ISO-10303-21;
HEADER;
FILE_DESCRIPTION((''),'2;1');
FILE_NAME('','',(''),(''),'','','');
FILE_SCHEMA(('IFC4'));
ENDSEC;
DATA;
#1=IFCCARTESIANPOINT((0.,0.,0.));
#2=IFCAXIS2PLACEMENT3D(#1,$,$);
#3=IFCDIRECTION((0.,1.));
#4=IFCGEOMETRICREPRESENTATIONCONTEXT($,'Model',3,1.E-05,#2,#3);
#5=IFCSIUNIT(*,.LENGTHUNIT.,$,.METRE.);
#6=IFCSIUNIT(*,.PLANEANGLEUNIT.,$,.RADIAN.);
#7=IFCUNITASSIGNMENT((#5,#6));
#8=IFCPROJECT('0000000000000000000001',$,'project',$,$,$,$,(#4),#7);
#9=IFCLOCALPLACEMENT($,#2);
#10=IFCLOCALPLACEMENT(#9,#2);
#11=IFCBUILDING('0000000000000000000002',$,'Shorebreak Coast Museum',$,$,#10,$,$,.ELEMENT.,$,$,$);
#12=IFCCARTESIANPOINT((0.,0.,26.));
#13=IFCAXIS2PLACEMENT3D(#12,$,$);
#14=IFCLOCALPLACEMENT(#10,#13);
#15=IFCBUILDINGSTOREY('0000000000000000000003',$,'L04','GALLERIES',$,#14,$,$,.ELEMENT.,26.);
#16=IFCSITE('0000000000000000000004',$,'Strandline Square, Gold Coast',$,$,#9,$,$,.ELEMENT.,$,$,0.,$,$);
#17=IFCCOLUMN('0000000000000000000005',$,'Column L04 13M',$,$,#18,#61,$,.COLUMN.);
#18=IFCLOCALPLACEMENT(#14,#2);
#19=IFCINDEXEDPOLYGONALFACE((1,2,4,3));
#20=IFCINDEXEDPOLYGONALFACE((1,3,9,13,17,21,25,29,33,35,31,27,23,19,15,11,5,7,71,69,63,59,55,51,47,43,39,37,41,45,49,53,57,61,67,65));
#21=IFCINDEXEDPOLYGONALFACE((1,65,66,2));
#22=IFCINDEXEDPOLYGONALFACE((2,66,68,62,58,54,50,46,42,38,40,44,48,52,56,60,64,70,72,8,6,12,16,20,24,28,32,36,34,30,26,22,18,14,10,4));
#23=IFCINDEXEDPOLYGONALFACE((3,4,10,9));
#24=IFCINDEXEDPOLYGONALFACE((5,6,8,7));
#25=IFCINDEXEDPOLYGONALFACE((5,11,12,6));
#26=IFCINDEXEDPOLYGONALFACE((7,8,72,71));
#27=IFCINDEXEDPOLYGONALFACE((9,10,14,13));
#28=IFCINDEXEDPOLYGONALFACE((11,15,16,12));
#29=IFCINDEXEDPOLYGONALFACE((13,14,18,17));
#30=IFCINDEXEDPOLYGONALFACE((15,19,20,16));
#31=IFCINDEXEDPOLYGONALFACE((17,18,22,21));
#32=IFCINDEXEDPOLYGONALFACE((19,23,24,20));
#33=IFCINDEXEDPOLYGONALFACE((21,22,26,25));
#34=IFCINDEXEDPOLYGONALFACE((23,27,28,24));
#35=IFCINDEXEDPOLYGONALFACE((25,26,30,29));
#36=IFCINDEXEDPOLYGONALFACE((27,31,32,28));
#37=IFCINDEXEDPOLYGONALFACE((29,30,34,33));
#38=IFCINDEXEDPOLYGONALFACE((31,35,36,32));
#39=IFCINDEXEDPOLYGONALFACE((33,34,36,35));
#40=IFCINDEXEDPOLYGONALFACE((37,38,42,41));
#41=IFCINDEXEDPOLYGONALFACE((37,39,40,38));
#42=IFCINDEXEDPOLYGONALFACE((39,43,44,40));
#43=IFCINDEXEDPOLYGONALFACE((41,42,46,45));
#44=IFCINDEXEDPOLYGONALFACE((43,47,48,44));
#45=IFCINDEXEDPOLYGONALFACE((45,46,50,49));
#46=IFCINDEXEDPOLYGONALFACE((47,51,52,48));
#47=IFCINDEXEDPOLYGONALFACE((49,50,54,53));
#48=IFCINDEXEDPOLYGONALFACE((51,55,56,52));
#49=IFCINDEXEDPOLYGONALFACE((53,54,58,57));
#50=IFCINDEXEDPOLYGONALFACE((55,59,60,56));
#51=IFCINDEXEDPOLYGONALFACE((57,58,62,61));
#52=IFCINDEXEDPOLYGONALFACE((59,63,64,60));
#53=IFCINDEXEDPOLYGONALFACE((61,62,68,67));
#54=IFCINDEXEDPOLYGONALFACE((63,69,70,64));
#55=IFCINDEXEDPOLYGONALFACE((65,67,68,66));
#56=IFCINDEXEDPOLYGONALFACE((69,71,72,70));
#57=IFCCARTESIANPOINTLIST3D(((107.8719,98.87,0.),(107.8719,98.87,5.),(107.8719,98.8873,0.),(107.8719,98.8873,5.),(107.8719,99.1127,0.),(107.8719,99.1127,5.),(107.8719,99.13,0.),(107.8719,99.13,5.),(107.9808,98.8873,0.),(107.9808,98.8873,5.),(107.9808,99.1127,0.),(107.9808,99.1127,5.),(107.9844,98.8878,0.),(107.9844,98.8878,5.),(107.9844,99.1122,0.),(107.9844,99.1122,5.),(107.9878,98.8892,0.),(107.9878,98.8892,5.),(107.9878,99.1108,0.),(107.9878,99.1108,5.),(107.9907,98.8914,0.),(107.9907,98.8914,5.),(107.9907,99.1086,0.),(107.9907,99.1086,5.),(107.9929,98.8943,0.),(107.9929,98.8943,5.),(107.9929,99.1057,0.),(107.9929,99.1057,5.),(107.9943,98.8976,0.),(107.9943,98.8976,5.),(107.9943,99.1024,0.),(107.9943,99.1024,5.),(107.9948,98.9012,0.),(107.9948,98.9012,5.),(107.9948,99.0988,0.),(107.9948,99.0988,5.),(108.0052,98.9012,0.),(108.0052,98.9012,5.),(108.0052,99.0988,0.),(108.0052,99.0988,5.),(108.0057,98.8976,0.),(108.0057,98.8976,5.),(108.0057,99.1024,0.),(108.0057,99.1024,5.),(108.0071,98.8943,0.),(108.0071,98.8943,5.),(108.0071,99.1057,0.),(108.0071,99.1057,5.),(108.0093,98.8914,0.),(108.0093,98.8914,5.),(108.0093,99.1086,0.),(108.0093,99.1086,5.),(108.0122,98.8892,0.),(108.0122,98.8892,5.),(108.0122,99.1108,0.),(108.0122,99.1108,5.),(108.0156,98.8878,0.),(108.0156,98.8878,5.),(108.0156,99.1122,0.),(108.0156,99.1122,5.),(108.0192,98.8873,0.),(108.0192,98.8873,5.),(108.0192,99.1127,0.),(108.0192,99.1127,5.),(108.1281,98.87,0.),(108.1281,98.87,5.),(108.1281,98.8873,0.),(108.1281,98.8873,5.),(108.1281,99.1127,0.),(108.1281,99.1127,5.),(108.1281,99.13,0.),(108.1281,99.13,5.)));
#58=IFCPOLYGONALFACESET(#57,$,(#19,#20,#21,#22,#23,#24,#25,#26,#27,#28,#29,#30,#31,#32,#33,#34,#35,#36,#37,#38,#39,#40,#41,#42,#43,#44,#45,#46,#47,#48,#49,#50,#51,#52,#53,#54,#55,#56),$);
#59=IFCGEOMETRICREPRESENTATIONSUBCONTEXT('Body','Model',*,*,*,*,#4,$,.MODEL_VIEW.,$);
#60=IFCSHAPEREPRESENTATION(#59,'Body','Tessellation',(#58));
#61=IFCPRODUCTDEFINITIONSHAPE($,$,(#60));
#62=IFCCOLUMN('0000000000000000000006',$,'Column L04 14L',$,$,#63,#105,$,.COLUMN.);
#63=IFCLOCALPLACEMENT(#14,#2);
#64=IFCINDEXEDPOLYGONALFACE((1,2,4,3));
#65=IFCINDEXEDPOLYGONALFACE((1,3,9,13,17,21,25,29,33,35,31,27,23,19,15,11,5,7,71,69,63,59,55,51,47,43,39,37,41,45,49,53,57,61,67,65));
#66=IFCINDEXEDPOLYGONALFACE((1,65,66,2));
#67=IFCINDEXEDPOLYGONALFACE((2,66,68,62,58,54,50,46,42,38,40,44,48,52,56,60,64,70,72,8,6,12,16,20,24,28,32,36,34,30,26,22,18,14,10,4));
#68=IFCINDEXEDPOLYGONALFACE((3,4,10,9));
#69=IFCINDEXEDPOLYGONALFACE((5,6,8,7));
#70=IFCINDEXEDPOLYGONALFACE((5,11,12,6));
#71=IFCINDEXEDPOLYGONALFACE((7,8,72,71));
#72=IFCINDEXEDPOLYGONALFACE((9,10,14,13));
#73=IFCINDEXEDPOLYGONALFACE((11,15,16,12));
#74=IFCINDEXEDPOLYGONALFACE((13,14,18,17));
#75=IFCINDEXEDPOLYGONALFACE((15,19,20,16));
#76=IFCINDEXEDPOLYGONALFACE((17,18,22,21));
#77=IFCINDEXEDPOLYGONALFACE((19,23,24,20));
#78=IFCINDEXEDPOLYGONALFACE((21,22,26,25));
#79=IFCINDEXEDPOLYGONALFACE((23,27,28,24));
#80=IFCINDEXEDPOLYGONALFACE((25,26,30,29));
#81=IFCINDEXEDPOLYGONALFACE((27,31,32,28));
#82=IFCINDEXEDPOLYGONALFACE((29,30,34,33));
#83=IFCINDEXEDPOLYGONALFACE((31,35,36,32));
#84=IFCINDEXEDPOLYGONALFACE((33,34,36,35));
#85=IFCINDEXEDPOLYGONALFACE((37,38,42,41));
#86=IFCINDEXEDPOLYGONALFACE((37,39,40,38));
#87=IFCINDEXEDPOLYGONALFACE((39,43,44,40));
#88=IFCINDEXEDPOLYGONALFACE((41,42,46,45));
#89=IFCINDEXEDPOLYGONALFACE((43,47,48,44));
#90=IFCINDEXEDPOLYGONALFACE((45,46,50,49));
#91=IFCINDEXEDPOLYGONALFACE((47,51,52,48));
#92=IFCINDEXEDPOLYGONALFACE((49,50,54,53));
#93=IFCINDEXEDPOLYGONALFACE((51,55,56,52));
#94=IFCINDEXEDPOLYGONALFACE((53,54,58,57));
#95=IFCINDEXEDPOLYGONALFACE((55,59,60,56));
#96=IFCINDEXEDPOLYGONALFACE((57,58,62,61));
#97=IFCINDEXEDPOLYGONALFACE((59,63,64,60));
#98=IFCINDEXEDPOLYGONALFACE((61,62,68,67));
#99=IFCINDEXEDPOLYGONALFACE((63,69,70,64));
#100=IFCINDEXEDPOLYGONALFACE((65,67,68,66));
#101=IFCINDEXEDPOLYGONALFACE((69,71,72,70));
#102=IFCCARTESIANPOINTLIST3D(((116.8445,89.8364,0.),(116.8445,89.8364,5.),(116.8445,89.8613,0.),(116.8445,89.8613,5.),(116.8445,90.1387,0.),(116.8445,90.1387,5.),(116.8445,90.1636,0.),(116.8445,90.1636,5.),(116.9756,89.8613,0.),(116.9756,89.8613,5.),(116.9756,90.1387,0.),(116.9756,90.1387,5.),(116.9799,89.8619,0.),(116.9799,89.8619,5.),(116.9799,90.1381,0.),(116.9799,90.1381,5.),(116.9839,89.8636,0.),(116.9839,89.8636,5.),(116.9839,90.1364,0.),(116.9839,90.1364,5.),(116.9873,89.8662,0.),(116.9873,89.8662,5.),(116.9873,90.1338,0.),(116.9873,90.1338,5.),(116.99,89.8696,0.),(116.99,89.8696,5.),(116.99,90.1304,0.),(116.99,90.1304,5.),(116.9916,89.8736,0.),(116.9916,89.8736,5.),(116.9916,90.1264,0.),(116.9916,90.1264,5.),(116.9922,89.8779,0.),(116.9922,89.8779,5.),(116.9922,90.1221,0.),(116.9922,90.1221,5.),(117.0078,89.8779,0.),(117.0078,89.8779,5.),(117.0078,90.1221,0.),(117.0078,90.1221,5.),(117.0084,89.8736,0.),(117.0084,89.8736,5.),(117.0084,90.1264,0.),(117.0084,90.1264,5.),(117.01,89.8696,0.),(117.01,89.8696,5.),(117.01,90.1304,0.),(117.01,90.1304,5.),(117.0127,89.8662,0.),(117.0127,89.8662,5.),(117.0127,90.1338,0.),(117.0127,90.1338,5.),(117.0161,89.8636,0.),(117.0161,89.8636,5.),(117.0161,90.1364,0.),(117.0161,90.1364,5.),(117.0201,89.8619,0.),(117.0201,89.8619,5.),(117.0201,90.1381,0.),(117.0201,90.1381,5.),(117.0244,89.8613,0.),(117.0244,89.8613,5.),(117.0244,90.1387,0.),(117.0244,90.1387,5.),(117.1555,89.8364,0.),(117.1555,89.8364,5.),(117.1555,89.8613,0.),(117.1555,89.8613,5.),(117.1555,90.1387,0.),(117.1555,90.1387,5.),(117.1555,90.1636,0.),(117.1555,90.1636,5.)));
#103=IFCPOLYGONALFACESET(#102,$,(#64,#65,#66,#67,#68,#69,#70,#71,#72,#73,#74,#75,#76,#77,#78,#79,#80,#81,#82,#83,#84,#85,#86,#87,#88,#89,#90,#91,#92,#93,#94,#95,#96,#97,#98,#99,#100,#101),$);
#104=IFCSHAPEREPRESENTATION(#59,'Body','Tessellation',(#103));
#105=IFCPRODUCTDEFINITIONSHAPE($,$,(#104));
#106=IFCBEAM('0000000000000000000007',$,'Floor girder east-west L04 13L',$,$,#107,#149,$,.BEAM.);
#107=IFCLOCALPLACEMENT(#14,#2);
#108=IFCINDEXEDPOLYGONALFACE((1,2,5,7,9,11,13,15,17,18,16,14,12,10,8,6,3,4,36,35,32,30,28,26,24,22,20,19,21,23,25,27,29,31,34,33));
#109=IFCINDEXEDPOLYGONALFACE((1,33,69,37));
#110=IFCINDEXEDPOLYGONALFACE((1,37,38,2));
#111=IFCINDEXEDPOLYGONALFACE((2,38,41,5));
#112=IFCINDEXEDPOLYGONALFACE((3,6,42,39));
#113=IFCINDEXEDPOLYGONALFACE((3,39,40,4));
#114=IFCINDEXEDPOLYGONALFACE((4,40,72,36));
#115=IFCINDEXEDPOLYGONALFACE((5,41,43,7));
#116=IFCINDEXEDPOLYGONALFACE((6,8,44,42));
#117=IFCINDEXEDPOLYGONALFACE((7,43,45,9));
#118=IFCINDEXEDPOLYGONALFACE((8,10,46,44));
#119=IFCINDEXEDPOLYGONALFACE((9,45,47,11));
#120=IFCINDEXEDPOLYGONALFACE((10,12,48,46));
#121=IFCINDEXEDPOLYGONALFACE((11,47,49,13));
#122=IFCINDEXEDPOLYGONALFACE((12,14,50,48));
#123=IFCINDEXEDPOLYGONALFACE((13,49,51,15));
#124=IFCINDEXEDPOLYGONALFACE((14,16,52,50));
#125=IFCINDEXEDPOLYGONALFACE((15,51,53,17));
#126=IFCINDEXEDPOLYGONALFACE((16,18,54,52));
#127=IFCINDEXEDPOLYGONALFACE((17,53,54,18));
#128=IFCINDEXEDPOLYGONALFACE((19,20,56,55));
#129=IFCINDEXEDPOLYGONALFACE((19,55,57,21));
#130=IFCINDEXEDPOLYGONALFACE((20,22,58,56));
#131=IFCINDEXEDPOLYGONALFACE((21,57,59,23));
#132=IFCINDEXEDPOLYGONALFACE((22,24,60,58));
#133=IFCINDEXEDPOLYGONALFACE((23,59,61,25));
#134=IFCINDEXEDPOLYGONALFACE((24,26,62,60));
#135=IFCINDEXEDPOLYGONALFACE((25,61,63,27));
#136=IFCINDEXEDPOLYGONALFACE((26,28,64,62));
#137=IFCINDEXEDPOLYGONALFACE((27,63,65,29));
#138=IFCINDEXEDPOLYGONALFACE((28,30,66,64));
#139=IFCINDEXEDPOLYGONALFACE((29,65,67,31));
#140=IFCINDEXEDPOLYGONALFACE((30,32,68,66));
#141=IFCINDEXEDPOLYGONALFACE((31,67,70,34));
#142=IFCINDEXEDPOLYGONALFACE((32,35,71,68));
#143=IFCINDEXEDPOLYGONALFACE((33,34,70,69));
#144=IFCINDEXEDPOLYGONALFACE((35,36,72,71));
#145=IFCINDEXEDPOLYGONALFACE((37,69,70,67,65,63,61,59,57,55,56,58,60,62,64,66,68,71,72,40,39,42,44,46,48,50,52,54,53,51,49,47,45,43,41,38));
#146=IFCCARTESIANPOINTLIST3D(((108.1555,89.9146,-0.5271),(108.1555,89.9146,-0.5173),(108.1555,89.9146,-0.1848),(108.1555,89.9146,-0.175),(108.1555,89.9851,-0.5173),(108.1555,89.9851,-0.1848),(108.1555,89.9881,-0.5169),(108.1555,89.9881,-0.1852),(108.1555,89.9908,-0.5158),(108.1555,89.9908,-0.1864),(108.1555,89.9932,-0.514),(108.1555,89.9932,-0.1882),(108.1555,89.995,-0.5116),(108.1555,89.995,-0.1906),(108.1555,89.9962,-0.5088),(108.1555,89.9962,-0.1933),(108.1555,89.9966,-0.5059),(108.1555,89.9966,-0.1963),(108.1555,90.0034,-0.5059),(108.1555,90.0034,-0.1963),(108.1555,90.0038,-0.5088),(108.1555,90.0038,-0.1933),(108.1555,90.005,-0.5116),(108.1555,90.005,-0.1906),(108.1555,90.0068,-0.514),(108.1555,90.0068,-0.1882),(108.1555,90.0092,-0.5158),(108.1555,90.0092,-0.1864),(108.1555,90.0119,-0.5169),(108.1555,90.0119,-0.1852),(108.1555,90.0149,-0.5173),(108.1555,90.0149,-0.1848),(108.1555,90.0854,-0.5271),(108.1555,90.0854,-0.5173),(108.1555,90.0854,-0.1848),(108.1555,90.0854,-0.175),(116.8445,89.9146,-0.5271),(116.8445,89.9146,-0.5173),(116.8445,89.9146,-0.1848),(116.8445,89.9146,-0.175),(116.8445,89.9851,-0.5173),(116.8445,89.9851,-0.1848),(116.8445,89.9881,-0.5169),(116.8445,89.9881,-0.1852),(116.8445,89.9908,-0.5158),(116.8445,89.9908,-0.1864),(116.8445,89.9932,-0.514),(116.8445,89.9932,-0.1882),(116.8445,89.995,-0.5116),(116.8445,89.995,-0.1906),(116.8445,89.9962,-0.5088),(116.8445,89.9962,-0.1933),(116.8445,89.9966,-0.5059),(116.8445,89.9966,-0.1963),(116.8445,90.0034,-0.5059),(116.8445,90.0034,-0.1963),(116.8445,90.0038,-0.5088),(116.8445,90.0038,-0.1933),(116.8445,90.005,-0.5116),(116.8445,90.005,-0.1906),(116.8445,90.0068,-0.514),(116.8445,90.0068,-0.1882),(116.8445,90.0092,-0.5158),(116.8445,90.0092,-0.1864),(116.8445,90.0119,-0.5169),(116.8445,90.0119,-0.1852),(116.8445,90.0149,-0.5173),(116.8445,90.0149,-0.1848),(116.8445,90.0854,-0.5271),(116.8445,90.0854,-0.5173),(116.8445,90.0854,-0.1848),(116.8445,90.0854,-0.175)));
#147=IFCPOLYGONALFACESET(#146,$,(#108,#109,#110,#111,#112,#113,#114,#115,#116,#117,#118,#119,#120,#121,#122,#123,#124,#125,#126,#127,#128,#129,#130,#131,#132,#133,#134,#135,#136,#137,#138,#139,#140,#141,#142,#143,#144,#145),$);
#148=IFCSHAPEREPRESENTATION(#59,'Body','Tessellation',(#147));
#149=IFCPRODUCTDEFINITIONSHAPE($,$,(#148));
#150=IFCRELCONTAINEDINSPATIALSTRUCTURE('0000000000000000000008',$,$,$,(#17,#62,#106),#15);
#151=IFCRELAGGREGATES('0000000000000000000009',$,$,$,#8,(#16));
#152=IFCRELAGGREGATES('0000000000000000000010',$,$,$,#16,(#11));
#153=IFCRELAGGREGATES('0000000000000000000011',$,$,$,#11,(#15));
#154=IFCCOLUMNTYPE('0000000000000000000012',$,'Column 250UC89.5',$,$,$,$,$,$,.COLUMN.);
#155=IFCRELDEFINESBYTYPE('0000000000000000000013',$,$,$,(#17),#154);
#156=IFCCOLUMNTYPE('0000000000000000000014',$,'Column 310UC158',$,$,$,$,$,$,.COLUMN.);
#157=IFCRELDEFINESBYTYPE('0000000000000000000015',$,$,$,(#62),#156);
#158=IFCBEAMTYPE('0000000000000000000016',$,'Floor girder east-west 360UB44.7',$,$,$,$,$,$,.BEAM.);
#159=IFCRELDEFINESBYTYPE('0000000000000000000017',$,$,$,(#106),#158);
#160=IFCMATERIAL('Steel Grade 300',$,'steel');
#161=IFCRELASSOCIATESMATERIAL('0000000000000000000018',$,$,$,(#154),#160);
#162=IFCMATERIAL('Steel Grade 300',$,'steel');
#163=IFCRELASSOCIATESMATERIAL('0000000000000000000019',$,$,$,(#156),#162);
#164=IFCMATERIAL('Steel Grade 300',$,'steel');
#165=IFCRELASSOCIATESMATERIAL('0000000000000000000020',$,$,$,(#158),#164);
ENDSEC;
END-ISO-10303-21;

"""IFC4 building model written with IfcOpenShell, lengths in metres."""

from ifc_helpers import new_model, si_unit, direction, frame, origin, origin_2d, place, context, subcontext, project, spatial, i_section, extrude, material, material_profile, profile_set, type_object, element, save


model = new_model("IFC4")

# Units and contexts
model_context = context("Model", 3, precision=1e-05, world=origin(), true_north=direction((0.0, 1.0)))
body_context = subcontext(model_context, "Body", "Model", "MODEL_VIEW")
ifc_project = project(units=[si_unit("LENGTHUNIT", "METRE"), si_unit("PLANEANGLEUNIT", "RADIAN")], contexts=[model_context])

# Site, building, storey
site_placement = place(None, origin())
site = spatial("IfcSite", under=ifc_project, at=site_placement, Name="Strandline Square, Gold Coast", CompositionType="ELEMENT", RefElevation=0.0)
building_placement = place(site_placement, origin())
building = spatial("IfcBuilding", under=site, at=building_placement, Name="Shorebreak Coast Museum", CompositionType="ELEMENT")
storey_placement = place(building_placement, frame((0.0, 0.0, 26.0)))
storey = spatial("IfcBuildingStorey", under=building, at=storey_placement, Name="L04", Description="GALLERIES", CompositionType="ELEMENT", Elevation=26.0)

# Columns
ifc_material_1 = material(Name="Steel Grade 300", Category="steel")
ifc_material_profile_1 = material_profile(ifc_material_1, i_section(OverallWidth=0.2561, OverallDepth=0.26, WebThickness=0.0105, FlangeThickness=0.0173, FilletRadius=0.0139, at=origin_2d()), Name="250UC89.5")
ifc_profile_set_1 = profile_set([ifc_material_profile_1], Name="Steel Grade 300")
column_type_1 = type_object("IfcColumnType", Name="Column 250UC89.5", PredefinedType="COLUMN", material=ifc_profile_set_1)
column_1_placement = place(storey_placement, frame((108.0, 99.0, 0.0), z_axis=(0.0, 0.0, 1.0), x_axis=(1.0, 0.0, 0.0)))
element("IfcColumn", 1, at=column_1_placement, inside=storey, type_object=column_type_1, Name="Column L04 13M", PredefinedType="COLUMN", context=body_context, shape_type="SweptSolid", body=[
    extrude(i_section(OverallWidth=0.2561, OverallDepth=0.26, WebThickness=0.0105, FlangeThickness=0.0173, FilletRadius=0.0139, at=origin_2d()), origin(), (0.0, 0.0, 1.0), 5.0),
])
ifc_material_2 = material(Name="Steel Grade 300", Category="steel")
ifc_material_profile_2 = material_profile(ifc_material_2, i_section(OverallWidth=0.311, OverallDepth=0.3271, WebThickness=0.0156, FlangeThickness=0.0249, FilletRadius=0.0166, at=origin_2d()), Name="310UC158")
ifc_profile_set_2 = profile_set([ifc_material_profile_2], Name="Steel Grade 300")
column_type_2 = type_object("IfcColumnType", Name="Column 310UC158", PredefinedType="COLUMN", material=ifc_profile_set_2)
column_2_placement = place(storey_placement, frame((117.0, 90.0, 0.0), z_axis=(0.0, 0.0, 1.0), x_axis=(1.0, 0.0, 0.0)))
element("IfcColumn", 2, at=column_2_placement, inside=storey, type_object=column_type_2, Name="Column L04 14L", PredefinedType="COLUMN", context=body_context, shape_type="SweptSolid", body=[
    extrude(i_section(OverallWidth=0.311, OverallDepth=0.3271, WebThickness=0.0156, FlangeThickness=0.0249, FilletRadius=0.0166, at=origin_2d()), origin(), (0.0, 0.0, 1.0), 5.0),
])

# Beam
ifc_material_3 = material(Name="Steel Grade 300", Category="steel")
ifc_material_profile_3 = material_profile(ifc_material_3, i_section(OverallWidth=0.1709, OverallDepth=0.3521, WebThickness=0.0068, FlangeThickness=0.0098, FilletRadius=0.0115, at=origin_2d()), Name="360UB44.7")
ifc_profile_set_3 = profile_set([ifc_material_profile_3], Name="Steel Grade 300")
beam_type_1 = type_object("IfcBeamType", Name="Floor girder east-west 360UB44.7", PredefinedType="BEAM", material=ifc_profile_set_3)
beam_placement = place(storey_placement, frame((108.1555, 90.0, -0.3511), z_axis=(1.0, 0.0, 0.0), x_axis=(0.0, 1.0, 0.0)))
element("IfcBeam", 3, at=beam_placement, inside=storey, type_object=beam_type_1, Name="Floor girder east-west L04 13L", PredefinedType="BEAM", context=body_context, shape_type="SweptSolid", body=[
    extrude(i_section(OverallWidth=0.1709, OverallDepth=0.3521, WebThickness=0.0068, FlangeThickness=0.0098, FilletRadius=0.0115, at=origin_2d()), origin(), (0.0, 0.0, 1.0), 8.689),
])

save(model, "model.ifc")
